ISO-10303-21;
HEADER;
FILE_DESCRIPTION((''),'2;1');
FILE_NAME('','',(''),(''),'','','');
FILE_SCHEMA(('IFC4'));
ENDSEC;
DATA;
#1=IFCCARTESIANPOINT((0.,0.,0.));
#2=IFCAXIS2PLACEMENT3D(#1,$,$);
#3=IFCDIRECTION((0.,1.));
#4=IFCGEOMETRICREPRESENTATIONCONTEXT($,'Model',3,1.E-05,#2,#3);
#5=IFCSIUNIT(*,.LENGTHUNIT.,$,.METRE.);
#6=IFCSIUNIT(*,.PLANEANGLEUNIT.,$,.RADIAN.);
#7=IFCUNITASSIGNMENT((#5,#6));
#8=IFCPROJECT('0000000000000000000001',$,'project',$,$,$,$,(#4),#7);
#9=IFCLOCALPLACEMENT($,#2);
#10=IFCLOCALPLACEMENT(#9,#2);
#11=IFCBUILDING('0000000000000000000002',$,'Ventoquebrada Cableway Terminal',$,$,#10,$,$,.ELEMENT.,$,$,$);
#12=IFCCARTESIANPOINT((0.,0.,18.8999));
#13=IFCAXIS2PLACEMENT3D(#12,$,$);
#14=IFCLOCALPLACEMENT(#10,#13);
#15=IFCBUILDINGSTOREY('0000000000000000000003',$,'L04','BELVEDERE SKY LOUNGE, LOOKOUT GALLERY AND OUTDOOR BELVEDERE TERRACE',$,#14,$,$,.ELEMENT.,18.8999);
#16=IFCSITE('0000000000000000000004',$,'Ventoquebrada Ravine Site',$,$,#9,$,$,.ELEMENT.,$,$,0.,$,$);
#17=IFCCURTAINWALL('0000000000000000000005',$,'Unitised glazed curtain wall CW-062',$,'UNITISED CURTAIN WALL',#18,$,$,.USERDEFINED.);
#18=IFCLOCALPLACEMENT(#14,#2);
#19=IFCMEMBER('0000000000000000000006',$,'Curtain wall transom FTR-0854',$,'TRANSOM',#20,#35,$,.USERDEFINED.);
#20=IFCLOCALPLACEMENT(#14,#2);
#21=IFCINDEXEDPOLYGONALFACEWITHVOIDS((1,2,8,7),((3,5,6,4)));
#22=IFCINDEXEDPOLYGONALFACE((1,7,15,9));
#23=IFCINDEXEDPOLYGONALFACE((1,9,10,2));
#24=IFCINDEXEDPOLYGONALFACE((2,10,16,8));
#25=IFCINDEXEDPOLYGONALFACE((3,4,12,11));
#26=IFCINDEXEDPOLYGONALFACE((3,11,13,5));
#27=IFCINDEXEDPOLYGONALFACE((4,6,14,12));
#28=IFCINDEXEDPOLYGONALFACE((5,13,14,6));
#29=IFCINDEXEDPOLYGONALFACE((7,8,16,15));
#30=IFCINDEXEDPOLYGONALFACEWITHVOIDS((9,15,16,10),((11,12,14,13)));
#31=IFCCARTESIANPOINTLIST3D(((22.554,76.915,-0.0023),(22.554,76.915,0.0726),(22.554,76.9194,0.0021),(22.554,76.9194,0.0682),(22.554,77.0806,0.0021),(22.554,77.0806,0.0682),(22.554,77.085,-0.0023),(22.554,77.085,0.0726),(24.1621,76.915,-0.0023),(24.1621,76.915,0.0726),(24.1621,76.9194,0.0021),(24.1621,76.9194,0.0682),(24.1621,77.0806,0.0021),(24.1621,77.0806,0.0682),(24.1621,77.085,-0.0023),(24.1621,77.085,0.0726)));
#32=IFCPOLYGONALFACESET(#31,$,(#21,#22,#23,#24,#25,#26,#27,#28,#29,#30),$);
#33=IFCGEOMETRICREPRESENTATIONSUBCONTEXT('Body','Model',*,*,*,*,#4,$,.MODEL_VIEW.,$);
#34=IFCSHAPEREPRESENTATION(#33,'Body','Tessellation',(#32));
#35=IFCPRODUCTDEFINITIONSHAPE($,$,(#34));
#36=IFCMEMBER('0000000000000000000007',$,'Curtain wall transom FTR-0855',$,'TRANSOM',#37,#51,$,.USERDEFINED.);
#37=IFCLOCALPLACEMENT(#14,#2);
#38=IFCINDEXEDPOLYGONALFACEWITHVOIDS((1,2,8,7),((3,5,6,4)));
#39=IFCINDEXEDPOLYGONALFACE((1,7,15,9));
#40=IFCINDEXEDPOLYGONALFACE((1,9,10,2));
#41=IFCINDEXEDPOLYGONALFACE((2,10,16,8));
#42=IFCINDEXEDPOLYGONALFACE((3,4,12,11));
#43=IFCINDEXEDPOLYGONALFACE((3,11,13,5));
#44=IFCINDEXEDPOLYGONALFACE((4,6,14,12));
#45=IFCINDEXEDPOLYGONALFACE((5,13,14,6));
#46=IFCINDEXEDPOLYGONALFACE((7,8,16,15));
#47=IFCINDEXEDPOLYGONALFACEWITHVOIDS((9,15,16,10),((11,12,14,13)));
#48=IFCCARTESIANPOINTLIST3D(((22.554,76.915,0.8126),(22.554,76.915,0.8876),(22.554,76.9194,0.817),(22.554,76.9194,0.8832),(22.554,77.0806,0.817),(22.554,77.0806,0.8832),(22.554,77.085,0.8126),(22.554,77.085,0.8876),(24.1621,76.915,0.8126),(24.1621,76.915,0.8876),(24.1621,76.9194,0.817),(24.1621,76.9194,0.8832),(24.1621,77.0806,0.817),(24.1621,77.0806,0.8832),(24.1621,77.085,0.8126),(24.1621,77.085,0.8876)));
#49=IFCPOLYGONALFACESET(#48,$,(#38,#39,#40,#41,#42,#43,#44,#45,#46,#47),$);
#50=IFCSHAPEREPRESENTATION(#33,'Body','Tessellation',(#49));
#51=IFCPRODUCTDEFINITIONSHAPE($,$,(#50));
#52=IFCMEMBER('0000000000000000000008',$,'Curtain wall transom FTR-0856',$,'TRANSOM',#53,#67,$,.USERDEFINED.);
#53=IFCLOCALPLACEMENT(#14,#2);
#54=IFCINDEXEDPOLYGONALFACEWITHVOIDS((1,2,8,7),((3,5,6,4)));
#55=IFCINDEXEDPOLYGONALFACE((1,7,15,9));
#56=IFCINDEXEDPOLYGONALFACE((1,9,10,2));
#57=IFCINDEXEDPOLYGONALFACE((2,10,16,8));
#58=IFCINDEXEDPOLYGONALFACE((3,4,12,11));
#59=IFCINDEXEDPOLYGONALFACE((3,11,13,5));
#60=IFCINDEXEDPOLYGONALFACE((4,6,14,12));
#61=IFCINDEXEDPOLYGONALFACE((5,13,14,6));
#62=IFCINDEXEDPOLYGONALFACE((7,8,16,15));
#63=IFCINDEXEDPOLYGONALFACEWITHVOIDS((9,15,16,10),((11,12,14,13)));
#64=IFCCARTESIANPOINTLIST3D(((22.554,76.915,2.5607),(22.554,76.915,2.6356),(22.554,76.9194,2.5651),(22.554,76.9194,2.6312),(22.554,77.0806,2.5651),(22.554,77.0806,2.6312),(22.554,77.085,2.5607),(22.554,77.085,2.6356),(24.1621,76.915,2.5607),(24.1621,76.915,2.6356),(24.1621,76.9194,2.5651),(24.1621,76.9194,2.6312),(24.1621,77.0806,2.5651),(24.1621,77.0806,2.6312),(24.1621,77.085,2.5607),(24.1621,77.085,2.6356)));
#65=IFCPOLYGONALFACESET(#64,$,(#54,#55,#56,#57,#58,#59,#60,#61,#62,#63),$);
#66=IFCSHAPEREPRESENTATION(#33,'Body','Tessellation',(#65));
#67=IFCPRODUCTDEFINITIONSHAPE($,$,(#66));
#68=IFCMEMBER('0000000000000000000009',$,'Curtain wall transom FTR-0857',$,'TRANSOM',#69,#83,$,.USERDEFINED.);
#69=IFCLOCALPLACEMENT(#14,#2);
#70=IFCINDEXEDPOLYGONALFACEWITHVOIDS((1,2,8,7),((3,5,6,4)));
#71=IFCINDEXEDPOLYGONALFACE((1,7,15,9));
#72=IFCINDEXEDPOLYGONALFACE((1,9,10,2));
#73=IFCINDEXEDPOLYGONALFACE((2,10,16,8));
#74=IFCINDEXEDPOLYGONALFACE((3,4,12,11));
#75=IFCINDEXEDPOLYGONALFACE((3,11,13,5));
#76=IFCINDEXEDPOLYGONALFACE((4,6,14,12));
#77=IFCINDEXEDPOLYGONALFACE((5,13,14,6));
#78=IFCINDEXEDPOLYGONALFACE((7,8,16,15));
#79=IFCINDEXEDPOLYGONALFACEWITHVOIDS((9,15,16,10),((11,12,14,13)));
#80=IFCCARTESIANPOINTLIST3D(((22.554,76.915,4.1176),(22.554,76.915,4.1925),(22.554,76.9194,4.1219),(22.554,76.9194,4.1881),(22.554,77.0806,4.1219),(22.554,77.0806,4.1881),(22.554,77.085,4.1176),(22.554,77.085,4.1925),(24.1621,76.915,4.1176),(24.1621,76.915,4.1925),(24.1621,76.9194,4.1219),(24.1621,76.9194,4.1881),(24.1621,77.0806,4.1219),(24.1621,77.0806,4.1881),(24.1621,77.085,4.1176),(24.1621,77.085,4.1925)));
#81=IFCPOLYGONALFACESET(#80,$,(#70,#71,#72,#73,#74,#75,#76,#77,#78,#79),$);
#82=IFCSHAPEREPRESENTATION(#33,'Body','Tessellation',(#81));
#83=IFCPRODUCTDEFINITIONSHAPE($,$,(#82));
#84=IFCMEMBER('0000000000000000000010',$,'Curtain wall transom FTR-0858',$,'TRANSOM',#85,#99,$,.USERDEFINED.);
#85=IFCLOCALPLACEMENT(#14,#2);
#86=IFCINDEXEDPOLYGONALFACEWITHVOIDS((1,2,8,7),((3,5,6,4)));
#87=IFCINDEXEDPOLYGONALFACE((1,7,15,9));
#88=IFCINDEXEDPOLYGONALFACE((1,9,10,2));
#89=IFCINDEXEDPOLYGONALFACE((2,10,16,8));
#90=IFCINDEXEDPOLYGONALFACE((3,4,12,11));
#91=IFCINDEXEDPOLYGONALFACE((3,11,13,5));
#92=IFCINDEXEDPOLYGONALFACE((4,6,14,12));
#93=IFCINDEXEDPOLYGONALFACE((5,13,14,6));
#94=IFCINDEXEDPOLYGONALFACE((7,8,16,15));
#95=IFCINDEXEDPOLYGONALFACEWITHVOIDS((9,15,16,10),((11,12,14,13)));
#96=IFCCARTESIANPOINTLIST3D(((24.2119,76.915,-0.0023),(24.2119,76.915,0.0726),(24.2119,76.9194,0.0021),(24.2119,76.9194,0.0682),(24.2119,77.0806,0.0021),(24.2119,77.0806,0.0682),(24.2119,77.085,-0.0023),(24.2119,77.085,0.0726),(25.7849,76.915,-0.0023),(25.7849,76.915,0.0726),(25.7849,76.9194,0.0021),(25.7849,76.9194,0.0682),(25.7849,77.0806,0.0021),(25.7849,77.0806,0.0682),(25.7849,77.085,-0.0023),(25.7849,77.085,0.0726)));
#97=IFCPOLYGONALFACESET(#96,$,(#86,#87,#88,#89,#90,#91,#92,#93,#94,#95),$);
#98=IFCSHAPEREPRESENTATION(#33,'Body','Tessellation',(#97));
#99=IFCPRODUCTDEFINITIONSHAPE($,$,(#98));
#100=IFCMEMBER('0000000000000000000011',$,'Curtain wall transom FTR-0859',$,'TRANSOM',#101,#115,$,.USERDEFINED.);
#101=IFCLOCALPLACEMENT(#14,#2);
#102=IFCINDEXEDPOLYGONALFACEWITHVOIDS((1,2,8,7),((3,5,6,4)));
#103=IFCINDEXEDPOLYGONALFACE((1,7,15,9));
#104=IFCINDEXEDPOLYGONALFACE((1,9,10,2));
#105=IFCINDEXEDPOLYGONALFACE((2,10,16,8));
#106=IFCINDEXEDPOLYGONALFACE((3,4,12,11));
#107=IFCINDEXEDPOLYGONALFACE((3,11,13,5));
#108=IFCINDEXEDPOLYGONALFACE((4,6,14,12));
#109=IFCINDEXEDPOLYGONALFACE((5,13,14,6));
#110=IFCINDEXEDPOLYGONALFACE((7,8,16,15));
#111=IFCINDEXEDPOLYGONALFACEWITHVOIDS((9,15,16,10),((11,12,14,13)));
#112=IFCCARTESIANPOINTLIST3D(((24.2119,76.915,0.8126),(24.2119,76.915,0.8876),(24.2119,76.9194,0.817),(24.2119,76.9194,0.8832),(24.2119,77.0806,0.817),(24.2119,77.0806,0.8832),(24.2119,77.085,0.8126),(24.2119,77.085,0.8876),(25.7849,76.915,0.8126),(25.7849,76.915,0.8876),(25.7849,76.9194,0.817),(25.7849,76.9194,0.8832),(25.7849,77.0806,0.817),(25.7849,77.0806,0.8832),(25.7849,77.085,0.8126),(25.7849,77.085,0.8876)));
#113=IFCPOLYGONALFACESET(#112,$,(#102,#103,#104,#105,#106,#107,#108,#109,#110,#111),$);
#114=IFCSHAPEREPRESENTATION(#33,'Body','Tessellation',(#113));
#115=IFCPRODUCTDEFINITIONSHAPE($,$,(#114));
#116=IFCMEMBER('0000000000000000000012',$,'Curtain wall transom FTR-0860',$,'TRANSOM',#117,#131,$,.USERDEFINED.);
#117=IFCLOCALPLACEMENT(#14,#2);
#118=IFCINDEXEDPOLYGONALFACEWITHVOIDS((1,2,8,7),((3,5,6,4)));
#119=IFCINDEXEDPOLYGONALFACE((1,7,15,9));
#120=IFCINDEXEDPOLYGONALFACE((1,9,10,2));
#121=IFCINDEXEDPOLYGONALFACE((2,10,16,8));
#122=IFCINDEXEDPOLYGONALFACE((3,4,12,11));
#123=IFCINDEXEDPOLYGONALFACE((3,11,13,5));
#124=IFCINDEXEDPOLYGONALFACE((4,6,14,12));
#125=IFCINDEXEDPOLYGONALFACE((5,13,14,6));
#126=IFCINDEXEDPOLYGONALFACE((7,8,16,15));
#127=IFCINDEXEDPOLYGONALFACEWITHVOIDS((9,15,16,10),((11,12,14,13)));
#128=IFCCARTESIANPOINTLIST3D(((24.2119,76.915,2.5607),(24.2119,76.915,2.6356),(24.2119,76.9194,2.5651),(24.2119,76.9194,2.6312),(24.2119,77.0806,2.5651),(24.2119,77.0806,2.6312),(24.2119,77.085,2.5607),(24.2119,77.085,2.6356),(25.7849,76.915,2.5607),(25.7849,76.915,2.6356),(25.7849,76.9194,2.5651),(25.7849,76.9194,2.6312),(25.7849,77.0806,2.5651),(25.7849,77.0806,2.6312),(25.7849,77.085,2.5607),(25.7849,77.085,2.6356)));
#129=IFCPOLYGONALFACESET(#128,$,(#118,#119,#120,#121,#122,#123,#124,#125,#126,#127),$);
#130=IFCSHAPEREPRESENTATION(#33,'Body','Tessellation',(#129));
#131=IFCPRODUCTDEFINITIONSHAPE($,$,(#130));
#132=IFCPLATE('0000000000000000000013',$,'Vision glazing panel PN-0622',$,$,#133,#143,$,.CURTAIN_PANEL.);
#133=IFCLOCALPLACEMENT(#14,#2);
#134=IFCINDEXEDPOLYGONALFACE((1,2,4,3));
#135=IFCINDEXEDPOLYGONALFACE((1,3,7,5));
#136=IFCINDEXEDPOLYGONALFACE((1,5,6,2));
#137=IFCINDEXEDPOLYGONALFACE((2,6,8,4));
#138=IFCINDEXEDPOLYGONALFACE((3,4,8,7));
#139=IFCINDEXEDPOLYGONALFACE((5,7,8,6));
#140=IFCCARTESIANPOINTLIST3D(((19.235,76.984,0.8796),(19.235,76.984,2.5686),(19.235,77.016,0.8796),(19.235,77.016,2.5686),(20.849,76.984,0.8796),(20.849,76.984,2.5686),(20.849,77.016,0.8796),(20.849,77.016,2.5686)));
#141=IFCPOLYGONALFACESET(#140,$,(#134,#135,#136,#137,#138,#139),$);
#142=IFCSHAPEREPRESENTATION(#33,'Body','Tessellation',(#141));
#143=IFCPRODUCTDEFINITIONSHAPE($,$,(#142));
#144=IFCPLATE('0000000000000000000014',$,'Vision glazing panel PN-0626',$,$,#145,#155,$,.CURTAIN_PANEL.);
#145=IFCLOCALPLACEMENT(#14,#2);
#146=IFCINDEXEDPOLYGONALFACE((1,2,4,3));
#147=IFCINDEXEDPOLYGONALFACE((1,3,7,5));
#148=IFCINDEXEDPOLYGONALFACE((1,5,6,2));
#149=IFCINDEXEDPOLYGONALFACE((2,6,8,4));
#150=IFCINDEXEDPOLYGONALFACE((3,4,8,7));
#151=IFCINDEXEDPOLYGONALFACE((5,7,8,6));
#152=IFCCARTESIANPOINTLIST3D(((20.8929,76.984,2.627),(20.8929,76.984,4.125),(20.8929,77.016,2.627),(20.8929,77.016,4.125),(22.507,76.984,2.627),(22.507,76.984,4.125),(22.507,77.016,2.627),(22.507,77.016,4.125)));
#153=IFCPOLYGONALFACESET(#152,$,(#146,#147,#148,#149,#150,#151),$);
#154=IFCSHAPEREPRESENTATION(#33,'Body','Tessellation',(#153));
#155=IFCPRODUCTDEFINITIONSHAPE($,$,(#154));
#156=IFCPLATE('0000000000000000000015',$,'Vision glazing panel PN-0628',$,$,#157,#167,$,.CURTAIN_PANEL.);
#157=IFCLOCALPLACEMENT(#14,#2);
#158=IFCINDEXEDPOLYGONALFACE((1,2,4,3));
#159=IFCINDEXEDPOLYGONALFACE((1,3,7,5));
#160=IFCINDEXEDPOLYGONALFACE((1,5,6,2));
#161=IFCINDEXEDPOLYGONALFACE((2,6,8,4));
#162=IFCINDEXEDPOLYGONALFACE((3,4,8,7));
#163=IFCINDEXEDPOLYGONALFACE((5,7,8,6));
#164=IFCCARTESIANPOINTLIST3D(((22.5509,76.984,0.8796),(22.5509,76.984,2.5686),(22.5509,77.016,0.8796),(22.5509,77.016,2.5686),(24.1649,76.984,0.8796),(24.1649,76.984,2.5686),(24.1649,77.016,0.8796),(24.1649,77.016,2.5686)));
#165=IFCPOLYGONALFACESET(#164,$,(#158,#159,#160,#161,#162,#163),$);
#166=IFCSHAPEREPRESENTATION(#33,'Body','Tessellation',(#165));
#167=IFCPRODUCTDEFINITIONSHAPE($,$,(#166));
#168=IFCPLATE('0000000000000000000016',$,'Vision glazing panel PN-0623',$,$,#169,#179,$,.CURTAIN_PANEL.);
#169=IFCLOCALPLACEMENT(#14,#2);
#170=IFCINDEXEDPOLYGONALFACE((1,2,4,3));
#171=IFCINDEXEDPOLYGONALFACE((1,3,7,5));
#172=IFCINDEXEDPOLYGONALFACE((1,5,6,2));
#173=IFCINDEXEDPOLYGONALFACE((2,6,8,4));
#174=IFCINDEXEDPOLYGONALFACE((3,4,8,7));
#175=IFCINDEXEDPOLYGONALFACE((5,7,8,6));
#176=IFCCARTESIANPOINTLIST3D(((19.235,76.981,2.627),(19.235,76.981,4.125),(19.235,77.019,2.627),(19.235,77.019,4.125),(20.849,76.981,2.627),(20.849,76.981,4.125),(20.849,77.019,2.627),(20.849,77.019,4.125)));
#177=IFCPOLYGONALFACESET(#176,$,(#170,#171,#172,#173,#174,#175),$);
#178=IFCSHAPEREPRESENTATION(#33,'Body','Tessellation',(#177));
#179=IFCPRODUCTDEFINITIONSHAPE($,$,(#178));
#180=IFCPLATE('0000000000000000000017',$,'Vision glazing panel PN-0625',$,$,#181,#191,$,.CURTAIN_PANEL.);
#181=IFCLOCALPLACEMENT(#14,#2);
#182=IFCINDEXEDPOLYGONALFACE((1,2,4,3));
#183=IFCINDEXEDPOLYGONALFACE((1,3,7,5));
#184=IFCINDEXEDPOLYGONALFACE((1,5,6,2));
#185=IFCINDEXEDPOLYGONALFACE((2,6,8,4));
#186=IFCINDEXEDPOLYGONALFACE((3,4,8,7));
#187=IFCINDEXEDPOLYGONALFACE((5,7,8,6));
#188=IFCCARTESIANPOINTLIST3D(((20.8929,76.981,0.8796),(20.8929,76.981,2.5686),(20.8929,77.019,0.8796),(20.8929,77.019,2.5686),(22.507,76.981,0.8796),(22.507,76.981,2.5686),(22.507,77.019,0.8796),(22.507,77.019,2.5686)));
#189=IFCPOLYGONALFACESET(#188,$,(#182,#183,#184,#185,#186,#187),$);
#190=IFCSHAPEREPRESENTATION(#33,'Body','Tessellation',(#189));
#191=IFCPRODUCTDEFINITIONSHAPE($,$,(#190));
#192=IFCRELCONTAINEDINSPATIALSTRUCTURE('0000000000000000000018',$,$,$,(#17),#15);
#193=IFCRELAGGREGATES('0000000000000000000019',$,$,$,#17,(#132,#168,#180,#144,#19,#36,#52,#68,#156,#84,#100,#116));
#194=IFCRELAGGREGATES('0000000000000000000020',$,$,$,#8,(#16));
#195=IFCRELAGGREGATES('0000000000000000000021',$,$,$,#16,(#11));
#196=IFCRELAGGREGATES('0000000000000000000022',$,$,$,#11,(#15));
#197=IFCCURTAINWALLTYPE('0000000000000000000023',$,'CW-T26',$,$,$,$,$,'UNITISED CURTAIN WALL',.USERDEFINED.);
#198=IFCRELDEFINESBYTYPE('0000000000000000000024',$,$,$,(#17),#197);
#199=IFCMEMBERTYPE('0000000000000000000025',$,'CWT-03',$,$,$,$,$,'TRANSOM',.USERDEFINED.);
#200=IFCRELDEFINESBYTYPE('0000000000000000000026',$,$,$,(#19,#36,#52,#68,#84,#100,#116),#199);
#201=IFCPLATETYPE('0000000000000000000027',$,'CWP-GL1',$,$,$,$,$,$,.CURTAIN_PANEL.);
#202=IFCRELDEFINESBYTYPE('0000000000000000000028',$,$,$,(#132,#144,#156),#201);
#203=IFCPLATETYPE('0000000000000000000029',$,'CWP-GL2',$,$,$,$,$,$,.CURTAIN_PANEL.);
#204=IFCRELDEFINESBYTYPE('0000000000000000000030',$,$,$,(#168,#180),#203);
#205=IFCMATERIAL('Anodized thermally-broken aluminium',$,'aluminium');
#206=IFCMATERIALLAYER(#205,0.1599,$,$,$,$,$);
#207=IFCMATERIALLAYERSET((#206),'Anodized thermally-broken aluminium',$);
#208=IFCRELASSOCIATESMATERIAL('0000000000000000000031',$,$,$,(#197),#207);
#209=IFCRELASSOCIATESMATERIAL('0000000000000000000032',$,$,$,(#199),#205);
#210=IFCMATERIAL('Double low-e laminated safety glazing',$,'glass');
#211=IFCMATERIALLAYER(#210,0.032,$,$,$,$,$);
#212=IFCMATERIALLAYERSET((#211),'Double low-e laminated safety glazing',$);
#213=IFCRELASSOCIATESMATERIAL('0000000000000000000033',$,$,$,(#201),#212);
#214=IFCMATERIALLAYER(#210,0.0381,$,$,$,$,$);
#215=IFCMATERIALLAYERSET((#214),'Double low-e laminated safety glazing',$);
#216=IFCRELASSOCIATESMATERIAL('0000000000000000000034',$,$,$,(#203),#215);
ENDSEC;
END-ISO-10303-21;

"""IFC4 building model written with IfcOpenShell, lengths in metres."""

from ifc_helpers import new_model, si_unit, direction, frame, origin, origin_2d, place, context, subcontext, project, spatial, rectangle, hollow_rectangle, extrude, material, layer, layer_set, material_profile, profile_set, type_object, element, aggregate, save


model = new_model("IFC4")

# Units and contexts
model_context = context("Model", 3, precision=1e-05, world=origin(), true_north=direction((0.0, 1.0)))
body_context = subcontext(model_context, "Body", "Model", "MODEL_VIEW")
ifc_project = project(units=[si_unit("LENGTHUNIT", "METRE"), si_unit("PLANEANGLEUNIT", "RADIAN")], contexts=[model_context])

# Site, building, storey
site_placement = place(None, origin())
site = spatial("IfcSite", under=ifc_project, at=site_placement, Name="Ventoquebrada Ravine Site", CompositionType="ELEMENT", RefElevation=0.0)
building_placement = place(site_placement, origin())
building = spatial("IfcBuilding", under=site, at=building_placement, Name="Ventoquebrada Cableway Terminal", CompositionType="ELEMENT")
storey_placement = place(building_placement, frame((0.0, 0.0, 18.8999)))
storey = spatial("IfcBuildingStorey", under=building, at=storey_placement, Name="L04", Description="BELVEDERE SKY LOUNGE, LOOKOUT GALLERY AND OUTDOOR BELVEDERE TERRACE", CompositionType="ELEMENT", Elevation=18.8999)

# Curtain wall, members, plates
ifc_material_1 = material(Name="Anodized thermally-broken aluminium", Category="aluminium")
ifc_layer_1 = layer(ifc_material_1, 0.1599)
ifc_layer_set_1 = layer_set([ifc_layer_1], Name="Anodized thermally-broken aluminium")
curtain_wall_type = type_object("IfcCurtainWallType", Name="CW-T26", ElementType="UNITISED CURTAIN WALL", PredefinedType="USERDEFINED", material=ifc_layer_set_1)
curtain_wall_placement = place(storey_placement, origin())
curtain_wall = element("IfcCurtainWall", 1, at=curtain_wall_placement, inside=storey, type_object=curtain_wall_type, Name="Unitised glazed curtain wall CW-062", ObjectType="UNITISED CURTAIN WALL", PredefinedType="USERDEFINED")
ifc_material_profile_1 = material_profile(ifc_material_1, hollow_rectangle(XDim=0.075, YDim=0.1699, WallThickness=0.0044, at=origin_2d()), Name="CW-TRN-75X170")
ifc_profile_set_1 = profile_set([ifc_material_profile_1], Name="Anodized thermally-broken aluminium")
member_type_1 = type_object("IfcMemberType", Name="CWT-03", ElementType="TRANSOM", PredefinedType="USERDEFINED", material=ifc_profile_set_1)
member_1_placement = place(storey_placement, frame((22.554, 77.0, 0.0352), z_axis=(1.0, 0.0, 0.0), x_axis=(0.0, 0.0, 1.0)))
member_1 = element("IfcMember", 2, at=member_1_placement, type_object=member_type_1, Name="Curtain wall transom FTR-0854", ObjectType="TRANSOM", PredefinedType="USERDEFINED", context=body_context, shape_type="SweptSolid", body=[
    extrude(hollow_rectangle(XDim=0.075, YDim=0.1699, WallThickness=0.0044, at=origin_2d()), origin(), (0.0, 0.0, 1.0), 1.6082),
])
member_2_placement = place(storey_placement, frame((22.554, 77.0, 0.8501), z_axis=(1.0, 0.0, 0.0), x_axis=(0.0, 0.0, 1.0)))
member_2 = element("IfcMember", 3, at=member_2_placement, type_object=member_type_1, Name="Curtain wall transom FTR-0855", ObjectType="TRANSOM", PredefinedType="USERDEFINED", context=body_context, shape_type="SweptSolid", body=[
    extrude(hollow_rectangle(XDim=0.075, YDim=0.1699, WallThickness=0.0044, at=origin_2d()), origin(), (0.0, 0.0, 1.0), 1.6082),
])
member_3_placement = place(storey_placement, frame((22.554, 77.0, 2.5981), z_axis=(1.0, 0.0, 0.0), x_axis=(0.0, 0.0, 1.0)))
member_3 = element("IfcMember", 4, at=member_3_placement, type_object=member_type_1, Name="Curtain wall transom FTR-0856", ObjectType="TRANSOM", PredefinedType="USERDEFINED", context=body_context, shape_type="SweptSolid", body=[
    extrude(hollow_rectangle(XDim=0.075, YDim=0.1699, WallThickness=0.0044, at=origin_2d()), origin(), (0.0, 0.0, 1.0), 1.6082),
])
member_4_placement = place(storey_placement, frame((22.554, 77.0, 4.155), z_axis=(1.0, 0.0, 0.0), x_axis=(0.0, 0.0, 1.0)))
member_4 = element("IfcMember", 5, at=member_4_placement, type_object=member_type_1, Name="Curtain wall transom FTR-0857", ObjectType="TRANSOM", PredefinedType="USERDEFINED", context=body_context, shape_type="SweptSolid", body=[
    extrude(hollow_rectangle(XDim=0.075, YDim=0.1699, WallThickness=0.0044, at=origin_2d()), origin(), (0.0, 0.0, 1.0), 1.6082),
])
member_5_placement = place(storey_placement, frame((24.2119, 77.0, 0.0352), z_axis=(1.0, 0.0, 0.0), x_axis=(0.0, 0.0, 1.0)))
member_5 = element("IfcMember", 6, at=member_5_placement, type_object=member_type_1, Name="Curtain wall transom FTR-0858", ObjectType="TRANSOM", PredefinedType="USERDEFINED", context=body_context, shape_type="SweptSolid", body=[
    extrude(hollow_rectangle(XDim=0.075, YDim=0.1699, WallThickness=0.0044, at=origin_2d()), origin(), (0.0, 0.0, 1.0), 1.573),
])
member_6_placement = place(storey_placement, frame((24.2119, 77.0, 0.8501), z_axis=(1.0, 0.0, 0.0), x_axis=(0.0, 0.0, 1.0)))
member_6 = element("IfcMember", 7, at=member_6_placement, type_object=member_type_1, Name="Curtain wall transom FTR-0859", ObjectType="TRANSOM", PredefinedType="USERDEFINED", context=body_context, shape_type="SweptSolid", body=[
    extrude(hollow_rectangle(XDim=0.075, YDim=0.1699, WallThickness=0.0044, at=origin_2d()), origin(), (0.0, 0.0, 1.0), 1.573),
])
member_7_placement = place(storey_placement, frame((24.2119, 77.0, 2.5981), z_axis=(1.0, 0.0, 0.0), x_axis=(0.0, 0.0, 1.0)))
member_7 = element("IfcMember", 8, at=member_7_placement, type_object=member_type_1, Name="Curtain wall transom FTR-0860", ObjectType="TRANSOM", PredefinedType="USERDEFINED", context=body_context, shape_type="SweptSolid", body=[
    extrude(hollow_rectangle(XDim=0.075, YDim=0.1699, WallThickness=0.0044, at=origin_2d()), origin(), (0.0, 0.0, 1.0), 1.573),
])
ifc_material_2 = material(Name="Double low-e laminated safety glazing", Category="glass")
ifc_layer_2 = layer(ifc_material_2, 0.032)
ifc_layer_set_2 = layer_set([ifc_layer_2], Name="Double low-e laminated safety glazing")
plate_type_1 = type_object("IfcPlateType", Name="CWP-GL1", PredefinedType="CURTAIN_PANEL", material=ifc_layer_set_2)
plate_1_placement = place(storey_placement, frame((20.042, 77.0, 0.8796), z_axis=(0.0, 0.0, 1.0), x_axis=(1.0, 0.0, 0.0)))
plate_1 = element("IfcPlate", 9, at=plate_1_placement, type_object=plate_type_1, Name="Vision glazing panel PN-0622", PredefinedType="CURTAIN_PANEL", context=body_context, shape_type="SweptSolid", body=[
    extrude(rectangle(XDim=1.614, YDim=0.032, at=origin_2d()), origin(), (0.0, 0.0, 1.0), 1.689),
])
plate_2_placement = place(storey_placement, frame((21.7, 77.0, 2.627), z_axis=(0.0, 0.0, 1.0), x_axis=(1.0, 0.0, 0.0)))
plate_2 = element("IfcPlate", 10, at=plate_2_placement, type_object=plate_type_1, Name="Vision glazing panel PN-0626", PredefinedType="CURTAIN_PANEL", context=body_context, shape_type="SweptSolid", body=[
    extrude(rectangle(XDim=1.614, YDim=0.032, at=origin_2d()), origin(), (0.0, 0.0, 1.0), 1.498),
])
plate_3_placement = place(storey_placement, frame((23.3579, 77.0, 0.8796), z_axis=(0.0, 0.0, 1.0), x_axis=(1.0, 0.0, 0.0)))
plate_3 = element("IfcPlate", 11, at=plate_3_placement, type_object=plate_type_1, Name="Vision glazing panel PN-0628", PredefinedType="CURTAIN_PANEL", context=body_context, shape_type="SweptSolid", body=[
    extrude(rectangle(XDim=1.614, YDim=0.032, at=origin_2d()), origin(), (0.0, 0.0, 1.0), 1.689),
])
ifc_layer_3 = layer(ifc_material_2, 0.0381)
ifc_layer_set_3 = layer_set([ifc_layer_3], Name="Double low-e laminated safety glazing")
plate_type_2 = type_object("IfcPlateType", Name="CWP-GL2", PredefinedType="CURTAIN_PANEL", material=ifc_layer_set_3)
plate_4_placement = place(storey_placement, frame((20.042, 77.0, 2.627), z_axis=(0.0, 0.0, 1.0), x_axis=(1.0, 0.0, 0.0)))
plate_4 = element("IfcPlate", 12, at=plate_4_placement, type_object=plate_type_2, Name="Vision glazing panel PN-0623", PredefinedType="CURTAIN_PANEL", context=body_context, shape_type="SweptSolid", body=[
    extrude(rectangle(XDim=1.614, YDim=0.0381, at=origin_2d()), origin(), (0.0, 0.0, 1.0), 1.498),
])
plate_5_placement = place(storey_placement, frame((21.7, 77.0, 0.8796), z_axis=(0.0, 0.0, 1.0), x_axis=(1.0, 0.0, 0.0)))
plate_5 = element("IfcPlate", 13, at=plate_5_placement, type_object=plate_type_2, Name="Vision glazing panel PN-0625", PredefinedType="CURTAIN_PANEL", context=body_context, shape_type="SweptSolid", body=[
    extrude(rectangle(XDim=1.614, YDim=0.0381, at=origin_2d()), origin(), (0.0, 0.0, 1.0), 1.689),
])
aggregate(curtain_wall, [plate_1, plate_4, plate_5, plate_2, member_1, member_2, member_3, member_4, plate_3, member_5, member_6, member_7])

save(model, "model.ifc")
